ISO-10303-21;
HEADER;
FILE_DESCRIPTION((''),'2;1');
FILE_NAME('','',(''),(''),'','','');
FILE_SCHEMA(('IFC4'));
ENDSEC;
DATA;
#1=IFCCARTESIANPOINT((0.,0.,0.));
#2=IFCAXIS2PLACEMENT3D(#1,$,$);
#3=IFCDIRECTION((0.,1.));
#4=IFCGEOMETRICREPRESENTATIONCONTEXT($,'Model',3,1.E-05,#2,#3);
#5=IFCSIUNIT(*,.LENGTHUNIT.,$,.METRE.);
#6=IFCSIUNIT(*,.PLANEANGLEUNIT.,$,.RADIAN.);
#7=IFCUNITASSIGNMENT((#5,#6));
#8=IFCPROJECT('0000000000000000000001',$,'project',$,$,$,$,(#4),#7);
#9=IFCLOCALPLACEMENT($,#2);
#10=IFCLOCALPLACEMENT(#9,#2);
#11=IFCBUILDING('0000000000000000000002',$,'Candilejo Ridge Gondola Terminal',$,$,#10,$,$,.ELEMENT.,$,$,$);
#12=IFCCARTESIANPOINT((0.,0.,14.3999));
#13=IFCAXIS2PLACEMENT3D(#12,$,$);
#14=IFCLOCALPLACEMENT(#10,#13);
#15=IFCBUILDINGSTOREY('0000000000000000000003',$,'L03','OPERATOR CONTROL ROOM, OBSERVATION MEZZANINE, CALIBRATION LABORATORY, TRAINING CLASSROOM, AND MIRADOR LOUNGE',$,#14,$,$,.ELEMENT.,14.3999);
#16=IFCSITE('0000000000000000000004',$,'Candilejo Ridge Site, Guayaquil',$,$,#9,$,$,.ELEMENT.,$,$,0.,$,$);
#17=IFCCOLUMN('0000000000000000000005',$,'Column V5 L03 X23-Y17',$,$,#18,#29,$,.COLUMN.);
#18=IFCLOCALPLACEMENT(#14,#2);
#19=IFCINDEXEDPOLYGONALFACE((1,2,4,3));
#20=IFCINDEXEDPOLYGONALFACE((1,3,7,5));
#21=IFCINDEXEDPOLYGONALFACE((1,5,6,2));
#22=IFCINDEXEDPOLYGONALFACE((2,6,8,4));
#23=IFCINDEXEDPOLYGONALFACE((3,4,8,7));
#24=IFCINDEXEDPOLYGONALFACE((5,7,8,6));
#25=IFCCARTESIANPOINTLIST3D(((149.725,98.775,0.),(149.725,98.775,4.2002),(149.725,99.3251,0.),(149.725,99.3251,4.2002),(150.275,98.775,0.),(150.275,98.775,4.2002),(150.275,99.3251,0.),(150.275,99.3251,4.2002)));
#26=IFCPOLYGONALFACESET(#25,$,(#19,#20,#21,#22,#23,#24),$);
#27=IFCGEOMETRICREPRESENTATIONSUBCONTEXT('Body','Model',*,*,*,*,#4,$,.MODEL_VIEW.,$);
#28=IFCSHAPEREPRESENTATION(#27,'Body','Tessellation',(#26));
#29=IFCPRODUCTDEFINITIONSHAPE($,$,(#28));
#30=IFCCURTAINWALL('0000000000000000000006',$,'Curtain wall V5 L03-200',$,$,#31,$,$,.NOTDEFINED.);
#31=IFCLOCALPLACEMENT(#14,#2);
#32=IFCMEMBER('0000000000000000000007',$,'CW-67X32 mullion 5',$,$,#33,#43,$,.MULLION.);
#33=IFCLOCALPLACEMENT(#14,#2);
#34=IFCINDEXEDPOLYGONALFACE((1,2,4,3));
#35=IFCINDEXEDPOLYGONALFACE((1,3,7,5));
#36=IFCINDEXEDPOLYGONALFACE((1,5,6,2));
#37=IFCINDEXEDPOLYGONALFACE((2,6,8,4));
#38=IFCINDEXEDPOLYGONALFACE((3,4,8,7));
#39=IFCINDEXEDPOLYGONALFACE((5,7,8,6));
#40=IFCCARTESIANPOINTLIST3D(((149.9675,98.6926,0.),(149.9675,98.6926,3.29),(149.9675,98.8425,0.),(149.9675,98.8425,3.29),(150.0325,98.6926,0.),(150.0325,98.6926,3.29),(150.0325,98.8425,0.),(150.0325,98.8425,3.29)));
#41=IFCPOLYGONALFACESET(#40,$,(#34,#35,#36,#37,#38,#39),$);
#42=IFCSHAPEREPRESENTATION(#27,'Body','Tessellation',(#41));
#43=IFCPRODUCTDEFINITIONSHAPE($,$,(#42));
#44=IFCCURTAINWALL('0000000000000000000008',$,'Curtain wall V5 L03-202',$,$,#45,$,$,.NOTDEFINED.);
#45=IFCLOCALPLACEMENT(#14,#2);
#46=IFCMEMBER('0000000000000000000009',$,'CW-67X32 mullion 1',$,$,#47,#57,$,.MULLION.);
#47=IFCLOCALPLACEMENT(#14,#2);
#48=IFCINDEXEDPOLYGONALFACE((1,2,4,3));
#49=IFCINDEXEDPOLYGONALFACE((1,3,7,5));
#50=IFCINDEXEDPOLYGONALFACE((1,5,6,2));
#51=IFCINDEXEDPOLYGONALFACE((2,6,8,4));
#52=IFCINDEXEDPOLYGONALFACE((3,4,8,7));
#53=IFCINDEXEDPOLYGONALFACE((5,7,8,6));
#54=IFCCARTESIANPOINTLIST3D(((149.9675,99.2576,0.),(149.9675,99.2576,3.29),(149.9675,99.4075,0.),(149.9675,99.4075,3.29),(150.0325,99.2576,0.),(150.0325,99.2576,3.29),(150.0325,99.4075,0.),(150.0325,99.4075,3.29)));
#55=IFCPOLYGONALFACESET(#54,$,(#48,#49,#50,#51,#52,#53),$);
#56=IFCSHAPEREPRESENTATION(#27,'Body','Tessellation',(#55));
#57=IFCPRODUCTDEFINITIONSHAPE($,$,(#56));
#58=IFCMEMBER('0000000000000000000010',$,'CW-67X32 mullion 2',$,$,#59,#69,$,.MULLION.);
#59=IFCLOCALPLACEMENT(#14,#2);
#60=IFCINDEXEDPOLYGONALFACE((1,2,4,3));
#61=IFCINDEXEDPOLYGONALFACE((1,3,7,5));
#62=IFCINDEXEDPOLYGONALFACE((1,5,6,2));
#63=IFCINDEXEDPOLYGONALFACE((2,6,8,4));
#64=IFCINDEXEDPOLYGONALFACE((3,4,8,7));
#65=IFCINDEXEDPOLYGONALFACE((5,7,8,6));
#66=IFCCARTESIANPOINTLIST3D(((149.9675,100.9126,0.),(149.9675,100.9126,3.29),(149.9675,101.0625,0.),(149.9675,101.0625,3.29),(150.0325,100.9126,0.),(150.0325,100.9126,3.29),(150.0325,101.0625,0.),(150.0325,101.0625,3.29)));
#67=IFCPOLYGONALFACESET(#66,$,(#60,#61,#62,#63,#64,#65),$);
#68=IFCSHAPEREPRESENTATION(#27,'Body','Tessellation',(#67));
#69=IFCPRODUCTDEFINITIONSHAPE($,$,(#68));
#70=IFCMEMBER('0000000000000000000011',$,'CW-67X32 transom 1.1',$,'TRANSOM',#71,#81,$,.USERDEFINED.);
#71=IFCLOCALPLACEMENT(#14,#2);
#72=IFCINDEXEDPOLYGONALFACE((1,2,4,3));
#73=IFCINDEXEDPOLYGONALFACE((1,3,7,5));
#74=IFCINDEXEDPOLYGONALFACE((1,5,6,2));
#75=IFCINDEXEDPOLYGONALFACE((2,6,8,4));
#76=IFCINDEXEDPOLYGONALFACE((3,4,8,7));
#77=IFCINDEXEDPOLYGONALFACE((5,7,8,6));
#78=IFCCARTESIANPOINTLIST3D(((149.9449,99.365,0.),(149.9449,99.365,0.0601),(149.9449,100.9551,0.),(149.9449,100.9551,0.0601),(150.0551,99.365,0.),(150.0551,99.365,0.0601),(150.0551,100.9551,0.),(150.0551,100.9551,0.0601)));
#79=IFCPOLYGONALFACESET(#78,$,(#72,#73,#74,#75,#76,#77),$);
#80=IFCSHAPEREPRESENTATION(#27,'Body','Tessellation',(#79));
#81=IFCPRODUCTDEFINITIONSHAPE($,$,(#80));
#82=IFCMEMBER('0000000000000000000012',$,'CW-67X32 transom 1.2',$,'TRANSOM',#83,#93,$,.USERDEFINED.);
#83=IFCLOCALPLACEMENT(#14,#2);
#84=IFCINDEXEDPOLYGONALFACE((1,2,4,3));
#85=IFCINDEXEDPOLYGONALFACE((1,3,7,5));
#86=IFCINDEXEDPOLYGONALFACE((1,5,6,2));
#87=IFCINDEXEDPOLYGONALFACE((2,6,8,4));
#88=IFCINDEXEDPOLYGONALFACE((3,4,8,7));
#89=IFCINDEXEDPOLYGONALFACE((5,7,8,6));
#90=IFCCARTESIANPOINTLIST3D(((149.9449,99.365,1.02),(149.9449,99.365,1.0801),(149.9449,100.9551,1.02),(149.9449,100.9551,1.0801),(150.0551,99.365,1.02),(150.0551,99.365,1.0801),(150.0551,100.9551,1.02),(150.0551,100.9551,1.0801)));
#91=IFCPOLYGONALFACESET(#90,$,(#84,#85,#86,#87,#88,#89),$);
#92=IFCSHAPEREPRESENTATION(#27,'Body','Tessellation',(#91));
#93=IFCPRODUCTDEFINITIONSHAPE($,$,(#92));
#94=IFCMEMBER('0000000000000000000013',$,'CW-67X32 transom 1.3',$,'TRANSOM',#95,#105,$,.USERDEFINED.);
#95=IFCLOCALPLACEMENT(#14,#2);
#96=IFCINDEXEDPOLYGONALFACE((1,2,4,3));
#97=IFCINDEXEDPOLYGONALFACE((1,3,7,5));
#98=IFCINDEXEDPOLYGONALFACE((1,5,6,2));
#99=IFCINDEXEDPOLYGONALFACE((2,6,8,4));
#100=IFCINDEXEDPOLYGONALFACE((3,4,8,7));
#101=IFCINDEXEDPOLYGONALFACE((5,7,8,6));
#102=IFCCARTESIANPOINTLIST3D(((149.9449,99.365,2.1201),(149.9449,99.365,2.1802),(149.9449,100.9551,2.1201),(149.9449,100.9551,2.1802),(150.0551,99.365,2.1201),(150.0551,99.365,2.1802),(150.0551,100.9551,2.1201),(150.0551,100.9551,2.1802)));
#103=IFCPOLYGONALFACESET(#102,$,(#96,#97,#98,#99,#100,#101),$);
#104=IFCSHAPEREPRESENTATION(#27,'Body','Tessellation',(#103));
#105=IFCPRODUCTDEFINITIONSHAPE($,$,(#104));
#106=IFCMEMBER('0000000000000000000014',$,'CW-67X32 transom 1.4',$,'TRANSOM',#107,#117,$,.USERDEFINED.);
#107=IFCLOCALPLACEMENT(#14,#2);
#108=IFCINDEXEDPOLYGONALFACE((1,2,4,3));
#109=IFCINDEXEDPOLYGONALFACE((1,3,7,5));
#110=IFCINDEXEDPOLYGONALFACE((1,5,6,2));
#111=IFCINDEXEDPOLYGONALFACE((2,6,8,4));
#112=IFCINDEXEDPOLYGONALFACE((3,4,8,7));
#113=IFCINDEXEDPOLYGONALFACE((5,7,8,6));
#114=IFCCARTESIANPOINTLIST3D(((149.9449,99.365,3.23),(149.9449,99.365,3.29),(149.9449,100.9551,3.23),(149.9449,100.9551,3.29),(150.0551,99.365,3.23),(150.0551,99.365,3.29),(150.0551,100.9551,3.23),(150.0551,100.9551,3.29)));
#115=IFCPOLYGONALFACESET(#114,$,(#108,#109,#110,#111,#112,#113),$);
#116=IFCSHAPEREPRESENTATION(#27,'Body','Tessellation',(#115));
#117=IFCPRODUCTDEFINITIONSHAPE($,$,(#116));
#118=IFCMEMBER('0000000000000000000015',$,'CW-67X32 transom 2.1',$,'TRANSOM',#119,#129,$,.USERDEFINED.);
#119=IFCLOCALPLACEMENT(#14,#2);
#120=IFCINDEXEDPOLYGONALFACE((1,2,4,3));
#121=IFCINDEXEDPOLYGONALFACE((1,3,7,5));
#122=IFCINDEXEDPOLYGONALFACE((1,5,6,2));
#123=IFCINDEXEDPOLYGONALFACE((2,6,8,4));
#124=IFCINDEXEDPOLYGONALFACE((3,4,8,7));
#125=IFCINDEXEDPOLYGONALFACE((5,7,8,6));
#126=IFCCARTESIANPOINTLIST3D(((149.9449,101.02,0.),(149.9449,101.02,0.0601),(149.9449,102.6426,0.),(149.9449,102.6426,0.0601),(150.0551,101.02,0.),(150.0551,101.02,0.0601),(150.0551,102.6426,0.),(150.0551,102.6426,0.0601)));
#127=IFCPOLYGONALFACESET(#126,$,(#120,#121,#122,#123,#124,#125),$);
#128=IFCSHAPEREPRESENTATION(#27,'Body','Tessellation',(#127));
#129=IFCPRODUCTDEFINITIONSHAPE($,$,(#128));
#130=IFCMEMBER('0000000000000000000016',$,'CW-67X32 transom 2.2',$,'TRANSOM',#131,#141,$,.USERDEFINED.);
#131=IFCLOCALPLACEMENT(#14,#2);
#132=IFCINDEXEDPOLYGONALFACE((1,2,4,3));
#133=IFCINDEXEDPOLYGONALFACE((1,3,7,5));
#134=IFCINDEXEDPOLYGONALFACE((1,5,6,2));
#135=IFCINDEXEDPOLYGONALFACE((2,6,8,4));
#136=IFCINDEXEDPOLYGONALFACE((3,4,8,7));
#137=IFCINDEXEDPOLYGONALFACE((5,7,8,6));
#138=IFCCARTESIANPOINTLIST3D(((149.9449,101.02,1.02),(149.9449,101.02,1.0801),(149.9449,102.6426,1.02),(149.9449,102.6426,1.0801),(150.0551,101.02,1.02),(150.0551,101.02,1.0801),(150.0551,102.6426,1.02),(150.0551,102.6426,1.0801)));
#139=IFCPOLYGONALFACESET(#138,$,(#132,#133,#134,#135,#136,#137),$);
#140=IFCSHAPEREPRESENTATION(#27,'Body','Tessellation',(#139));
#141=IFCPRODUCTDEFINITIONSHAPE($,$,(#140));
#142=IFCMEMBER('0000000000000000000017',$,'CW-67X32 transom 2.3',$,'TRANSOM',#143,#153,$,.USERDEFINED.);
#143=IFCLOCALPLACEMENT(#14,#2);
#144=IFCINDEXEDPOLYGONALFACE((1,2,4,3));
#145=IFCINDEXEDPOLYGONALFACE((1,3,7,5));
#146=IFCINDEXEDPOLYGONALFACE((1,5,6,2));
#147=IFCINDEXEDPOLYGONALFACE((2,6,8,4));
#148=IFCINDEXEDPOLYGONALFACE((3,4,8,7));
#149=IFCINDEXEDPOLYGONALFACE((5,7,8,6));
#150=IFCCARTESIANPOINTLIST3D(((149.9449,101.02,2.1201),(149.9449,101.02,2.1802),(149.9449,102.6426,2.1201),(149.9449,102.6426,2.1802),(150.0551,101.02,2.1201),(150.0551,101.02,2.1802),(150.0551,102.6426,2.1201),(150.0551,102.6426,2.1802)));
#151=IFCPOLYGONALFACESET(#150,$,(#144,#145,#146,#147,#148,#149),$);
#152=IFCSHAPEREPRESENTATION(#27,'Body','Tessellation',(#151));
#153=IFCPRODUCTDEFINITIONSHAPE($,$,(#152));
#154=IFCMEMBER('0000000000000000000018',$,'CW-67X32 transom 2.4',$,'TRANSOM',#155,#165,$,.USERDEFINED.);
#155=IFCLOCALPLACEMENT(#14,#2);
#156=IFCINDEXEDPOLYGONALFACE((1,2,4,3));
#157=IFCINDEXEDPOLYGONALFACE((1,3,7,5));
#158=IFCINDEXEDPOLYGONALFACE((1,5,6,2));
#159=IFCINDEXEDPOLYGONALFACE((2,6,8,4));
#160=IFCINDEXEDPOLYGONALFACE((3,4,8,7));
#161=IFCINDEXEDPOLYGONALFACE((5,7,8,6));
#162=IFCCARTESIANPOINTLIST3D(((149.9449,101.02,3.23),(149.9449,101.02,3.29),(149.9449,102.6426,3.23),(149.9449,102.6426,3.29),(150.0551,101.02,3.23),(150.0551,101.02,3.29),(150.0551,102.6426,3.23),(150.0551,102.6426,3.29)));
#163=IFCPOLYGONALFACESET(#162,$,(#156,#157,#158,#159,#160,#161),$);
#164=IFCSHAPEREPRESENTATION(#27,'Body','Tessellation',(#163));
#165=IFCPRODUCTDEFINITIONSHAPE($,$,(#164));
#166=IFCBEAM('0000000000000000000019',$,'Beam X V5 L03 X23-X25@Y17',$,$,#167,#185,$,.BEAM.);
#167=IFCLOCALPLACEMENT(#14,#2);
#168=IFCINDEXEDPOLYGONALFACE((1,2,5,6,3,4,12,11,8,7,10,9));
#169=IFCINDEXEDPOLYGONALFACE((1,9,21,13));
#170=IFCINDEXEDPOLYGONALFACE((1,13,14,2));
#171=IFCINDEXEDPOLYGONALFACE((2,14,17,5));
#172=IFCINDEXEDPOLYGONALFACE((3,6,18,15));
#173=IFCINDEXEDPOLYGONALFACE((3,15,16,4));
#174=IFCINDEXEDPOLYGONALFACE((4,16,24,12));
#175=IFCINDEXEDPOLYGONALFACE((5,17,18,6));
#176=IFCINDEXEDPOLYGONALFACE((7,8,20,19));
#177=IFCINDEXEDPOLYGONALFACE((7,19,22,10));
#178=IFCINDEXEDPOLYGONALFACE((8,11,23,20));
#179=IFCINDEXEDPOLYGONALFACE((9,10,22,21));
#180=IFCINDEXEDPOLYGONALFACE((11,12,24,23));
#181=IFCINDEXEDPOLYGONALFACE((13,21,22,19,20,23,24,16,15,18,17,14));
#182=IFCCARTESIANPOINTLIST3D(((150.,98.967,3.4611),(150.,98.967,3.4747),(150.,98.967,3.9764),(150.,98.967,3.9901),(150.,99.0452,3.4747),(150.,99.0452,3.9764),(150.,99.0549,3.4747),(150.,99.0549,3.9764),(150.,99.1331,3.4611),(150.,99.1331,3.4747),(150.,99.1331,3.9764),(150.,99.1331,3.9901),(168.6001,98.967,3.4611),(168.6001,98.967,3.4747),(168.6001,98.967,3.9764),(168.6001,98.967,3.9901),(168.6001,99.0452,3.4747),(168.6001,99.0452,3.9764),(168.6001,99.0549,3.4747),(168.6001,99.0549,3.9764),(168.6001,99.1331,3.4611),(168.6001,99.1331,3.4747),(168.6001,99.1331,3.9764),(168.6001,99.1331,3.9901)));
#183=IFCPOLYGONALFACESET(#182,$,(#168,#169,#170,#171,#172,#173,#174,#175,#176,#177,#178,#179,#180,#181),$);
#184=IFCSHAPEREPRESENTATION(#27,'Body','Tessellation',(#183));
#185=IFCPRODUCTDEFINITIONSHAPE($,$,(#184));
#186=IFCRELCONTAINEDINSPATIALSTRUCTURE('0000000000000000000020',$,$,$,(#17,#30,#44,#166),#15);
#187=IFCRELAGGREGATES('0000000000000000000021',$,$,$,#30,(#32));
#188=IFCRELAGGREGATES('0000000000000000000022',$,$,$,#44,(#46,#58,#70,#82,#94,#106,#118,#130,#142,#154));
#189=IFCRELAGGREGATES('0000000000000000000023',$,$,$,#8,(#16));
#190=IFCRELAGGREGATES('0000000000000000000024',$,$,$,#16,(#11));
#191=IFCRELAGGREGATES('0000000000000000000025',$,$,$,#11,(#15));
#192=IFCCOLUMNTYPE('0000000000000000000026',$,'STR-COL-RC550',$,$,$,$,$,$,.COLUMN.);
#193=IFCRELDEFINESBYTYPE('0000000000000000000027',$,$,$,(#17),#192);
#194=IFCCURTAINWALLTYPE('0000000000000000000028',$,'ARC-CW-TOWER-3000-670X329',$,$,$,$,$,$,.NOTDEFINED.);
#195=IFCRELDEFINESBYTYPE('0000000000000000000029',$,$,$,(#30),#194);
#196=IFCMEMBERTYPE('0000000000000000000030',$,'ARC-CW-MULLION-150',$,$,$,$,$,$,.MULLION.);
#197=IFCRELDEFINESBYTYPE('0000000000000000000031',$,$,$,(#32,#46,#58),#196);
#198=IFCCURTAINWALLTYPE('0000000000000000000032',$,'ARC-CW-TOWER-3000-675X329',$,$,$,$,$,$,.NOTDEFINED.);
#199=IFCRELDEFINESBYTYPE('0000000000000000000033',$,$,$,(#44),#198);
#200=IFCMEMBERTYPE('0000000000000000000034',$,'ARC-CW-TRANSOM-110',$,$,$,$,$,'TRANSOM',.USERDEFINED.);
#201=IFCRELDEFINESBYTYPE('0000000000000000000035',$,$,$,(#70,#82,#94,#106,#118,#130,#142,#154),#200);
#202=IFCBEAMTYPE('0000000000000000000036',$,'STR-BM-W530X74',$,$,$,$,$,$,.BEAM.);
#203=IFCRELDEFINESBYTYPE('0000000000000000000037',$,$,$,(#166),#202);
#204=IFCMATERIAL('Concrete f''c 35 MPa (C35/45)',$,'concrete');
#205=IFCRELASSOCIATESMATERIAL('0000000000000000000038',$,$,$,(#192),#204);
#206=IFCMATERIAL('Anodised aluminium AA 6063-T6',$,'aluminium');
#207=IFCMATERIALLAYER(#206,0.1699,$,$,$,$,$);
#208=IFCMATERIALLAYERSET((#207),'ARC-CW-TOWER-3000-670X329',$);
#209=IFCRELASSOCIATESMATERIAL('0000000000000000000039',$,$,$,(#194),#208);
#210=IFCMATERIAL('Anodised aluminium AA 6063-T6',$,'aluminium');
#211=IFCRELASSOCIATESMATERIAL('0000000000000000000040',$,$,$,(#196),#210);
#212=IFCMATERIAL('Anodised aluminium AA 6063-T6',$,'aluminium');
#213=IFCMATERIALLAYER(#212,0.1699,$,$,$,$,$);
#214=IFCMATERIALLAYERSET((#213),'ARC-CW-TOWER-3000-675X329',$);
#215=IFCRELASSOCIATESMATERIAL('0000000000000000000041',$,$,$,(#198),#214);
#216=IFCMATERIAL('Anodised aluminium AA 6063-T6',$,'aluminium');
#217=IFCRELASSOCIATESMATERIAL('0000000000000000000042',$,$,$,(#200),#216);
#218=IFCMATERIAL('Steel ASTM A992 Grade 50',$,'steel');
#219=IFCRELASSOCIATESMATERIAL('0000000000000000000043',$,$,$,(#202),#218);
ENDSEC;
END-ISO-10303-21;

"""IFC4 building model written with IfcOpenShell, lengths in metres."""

from ifc_helpers import new_model, si_unit, direction, frame, origin, origin_2d, place, context, subcontext, project, spatial, rectangle, i_section, extrude, material, layer, layer_set, material_profile, profile_set, type_object, element, aggregate, save


model = new_model("IFC4")

# Units and contexts
model_context = context("Model", 3, precision=1e-05, world=origin(), true_north=direction((0.0, 1.0)))
body_context = subcontext(model_context, "Body", "Model", "MODEL_VIEW")
ifc_project = project(units=[si_unit("LENGTHUNIT", "METRE"), si_unit("PLANEANGLEUNIT", "RADIAN")], contexts=[model_context])

# Site, building, storey
site_placement = place(None, origin())
site = spatial("IfcSite", under=ifc_project, at=site_placement, Name="Candilejo Ridge Site, Guayaquil", CompositionType="ELEMENT", RefElevation=0.0)
building_placement = place(site_placement, origin())
building = spatial("IfcBuilding", under=site, at=building_placement, Name="Candilejo Ridge Gondola Terminal", CompositionType="ELEMENT")
storey_placement = place(building_placement, frame((0.0, 0.0, 14.3999)))
storey = spatial("IfcBuildingStorey", under=building, at=storey_placement, Name="L03", Description="OPERATOR CONTROL ROOM, OBSERVATION MEZZANINE, CALIBRATION LABORATORY, TRAINING CLASSROOM, AND MIRADOR LOUNGE", CompositionType="ELEMENT", Elevation=14.3999)

# Column
ifc_material_1 = material(Name="Concrete f'c 35 MPa (C35/45)", Category="concrete")
ifc_material_profile_1 = material_profile(ifc_material_1, rectangle(XDim=0.55, YDim=0.55, at=origin_2d()))
ifc_profile_set_1 = profile_set([ifc_material_profile_1], Name="Concrete f'c 35 MPa (C35/45)")
column_type = type_object("IfcColumnType", Name="STR-COL-RC550", PredefinedType="COLUMN", material=ifc_profile_set_1)
column_placement = place(storey_placement, frame((150.0, 99.05, 0.0), z_axis=(0.0, 0.0, 1.0), x_axis=(1.0, 0.0, 0.0)))
element("IfcColumn", 1, at=column_placement, inside=storey, type_object=column_type, Name="Column V5 L03 X23-Y17", PredefinedType="COLUMN", context=body_context, shape_type="SweptSolid", body=[
    extrude(rectangle(XDim=0.55, YDim=0.55, at=origin_2d()), origin(), (0.0, 0.0, 1.0), 4.2002),
])

# Curtain wall, member
ifc_material_2 = material(Name="Anodised aluminium AA 6063-T6", Category="aluminium")
ifc_layer_1 = layer(ifc_material_2, 0.1699)
ifc_layer_set_1 = layer_set([ifc_layer_1], Name="ARC-CW-TOWER-3000-670X329")
curtain_wall_type_1 = type_object("IfcCurtainWallType", Name="ARC-CW-TOWER-3000-670X329", PredefinedType="NOTDEFINED", material=ifc_layer_set_1)
curtain_wall_1_placement = place(storey_placement, origin())
curtain_wall_1 = element("IfcCurtainWall", 2, at=curtain_wall_1_placement, inside=storey, type_object=curtain_wall_type_1, Name="Curtain wall V5 L03-200", PredefinedType="NOTDEFINED")
ifc_material_3 = material(Name="Anodised aluminium AA 6063-T6", Category="aluminium")
ifc_material_profile_2 = material_profile(ifc_material_3, rectangle(XDim=0.0649, YDim=0.1499, at=origin_2d()))
ifc_profile_set_2 = profile_set([ifc_material_profile_2], Name="Anodised aluminium AA 6063-T6")
member_type_1 = type_object("IfcMemberType", Name="ARC-CW-MULLION-150", PredefinedType="MULLION", material=ifc_profile_set_2)
member_1_placement = place(storey_placement, frame((150.0, 98.7676, 0.0), z_axis=(0.0, 0.0, 1.0), x_axis=(-1.0, 0.0, 0.0)))
member_1 = element("IfcMember", 3, at=member_1_placement, type_object=member_type_1, Name="CW-67X32 mullion 5", PredefinedType="MULLION", context=body_context, shape_type="SweptSolid", body=[
    extrude(rectangle(XDim=0.0649, YDim=0.1499, at=origin_2d()), origin(), (0.0, 0.0, 1.0), 3.29),
])

# Curtain wall, members
ifc_material_4 = material(Name="Anodised aluminium AA 6063-T6", Category="aluminium")
ifc_layer_2 = layer(ifc_material_4, 0.1699)
ifc_layer_set_2 = layer_set([ifc_layer_2], Name="ARC-CW-TOWER-3000-675X329")
curtain_wall_type_2 = type_object("IfcCurtainWallType", Name="ARC-CW-TOWER-3000-675X329", PredefinedType="NOTDEFINED", material=ifc_layer_set_2)
curtain_wall_2_placement = place(storey_placement, origin())
curtain_wall_2 = element("IfcCurtainWall", 4, at=curtain_wall_2_placement, inside=storey, type_object=curtain_wall_type_2, Name="Curtain wall V5 L03-202", PredefinedType="NOTDEFINED")
member_2_placement = place(storey_placement, frame((150.0, 99.3325, 0.0), z_axis=(0.0, 0.0, 1.0), x_axis=(-1.0, 0.0, 0.0)))
member_2 = element("IfcMember", 5, at=member_2_placement, type_object=member_type_1, Name="CW-67X32 mullion 1", PredefinedType="MULLION", context=body_context, shape_type="SweptSolid", body=[
    extrude(rectangle(XDim=0.0649, YDim=0.1499, at=origin_2d()), origin(), (0.0, 0.0, 1.0), 3.29),
])
member_3_placement = place(storey_placement, frame((150.0, 100.9875, 0.0), z_axis=(0.0, 0.0, 1.0), x_axis=(-1.0, 0.0, 0.0)))
member_3 = element("IfcMember", 6, at=member_3_placement, type_object=member_type_1, Name="CW-67X32 mullion 2", PredefinedType="MULLION", context=body_context, shape_type="SweptSolid", body=[
    extrude(rectangle(XDim=0.0649, YDim=0.1499, at=origin_2d()), origin(), (0.0, 0.0, 1.0), 3.29),
])
ifc_material_5 = material(Name="Anodised aluminium AA 6063-T6", Category="aluminium")
ifc_material_profile_3 = material_profile(ifc_material_5, rectangle(XDim=0.1101, YDim=0.0601, at=origin_2d()))
ifc_profile_set_3 = profile_set([ifc_material_profile_3], Name="Anodised aluminium AA 6063-T6")
member_type_2 = type_object("IfcMemberType", Name="ARC-CW-TRANSOM-110", ElementType="TRANSOM", PredefinedType="USERDEFINED", material=ifc_profile_set_3)
member_4_placement = place(storey_placement, frame((150.0, 99.365, 0.03), z_axis=(0.0, 1.0, 0.0), x_axis=(-1.0, 0.0, 0.0)))
member_4 = element("IfcMember", 7, at=member_4_placement, type_object=member_type_2, Name="CW-67X32 transom 1.1", ObjectType="TRANSOM", PredefinedType="USERDEFINED", context=body_context, shape_type="SweptSolid", body=[
    extrude(rectangle(XDim=0.1101, YDim=0.0601, at=origin_2d()), origin(), (0.0, 0.0, 1.0), 1.5901),
])
member_5_placement = place(storey_placement, frame((150.0, 99.365, 1.05), z_axis=(0.0, 1.0, 0.0), x_axis=(-1.0, 0.0, 0.0)))
member_5 = element("IfcMember", 8, at=member_5_placement, type_object=member_type_2, Name="CW-67X32 transom 1.2", ObjectType="TRANSOM", PredefinedType="USERDEFINED", context=body_context, shape_type="SweptSolid", body=[
    extrude(rectangle(XDim=0.1101, YDim=0.0601, at=origin_2d()), origin(), (0.0, 0.0, 1.0), 1.5901),
])
member_6_placement = place(storey_placement, frame((150.0, 99.365, 2.1501), z_axis=(0.0, 1.0, 0.0), x_axis=(-1.0, 0.0, 0.0)))
member_6 = element("IfcMember", 9, at=member_6_placement, type_object=member_type_2, Name="CW-67X32 transom 1.3", ObjectType="TRANSOM", PredefinedType="USERDEFINED", context=body_context, shape_type="SweptSolid", body=[
    extrude(rectangle(XDim=0.1101, YDim=0.0601, at=origin_2d()), origin(), (0.0, 0.0, 1.0), 1.5901),
])
member_7_placement = place(storey_placement, frame((150.0, 99.365, 3.26), z_axis=(0.0, 1.0, 0.0), x_axis=(-1.0, 0.0, 0.0)))
member_7 = element("IfcMember", 10, at=member_7_placement, type_object=member_type_2, Name="CW-67X32 transom 1.4", ObjectType="TRANSOM", PredefinedType="USERDEFINED", context=body_context, shape_type="SweptSolid", body=[
    extrude(rectangle(XDim=0.1101, YDim=0.0601, at=origin_2d()), origin(), (0.0, 0.0, 1.0), 1.5901),
])
member_8_placement = place(storey_placement, frame((150.0, 101.02, 0.03), z_axis=(0.0, 1.0, 0.0), x_axis=(-1.0, 0.0, 0.0)))
member_8 = element("IfcMember", 11, at=member_8_placement, type_object=member_type_2, Name="CW-67X32 transom 2.1", ObjectType="TRANSOM", PredefinedType="USERDEFINED", context=body_context, shape_type="SweptSolid", body=[
    extrude(rectangle(XDim=0.1101, YDim=0.0601, at=origin_2d()), origin(), (0.0, 0.0, 1.0), 1.6226),
])
member_9_placement = place(storey_placement, frame((150.0, 101.02, 1.05), z_axis=(0.0, 1.0, 0.0), x_axis=(-1.0, 0.0, 0.0)))
member_9 = element("IfcMember", 12, at=member_9_placement, type_object=member_type_2, Name="CW-67X32 transom 2.2", ObjectType="TRANSOM", PredefinedType="USERDEFINED", context=body_context, shape_type="SweptSolid", body=[
    extrude(rectangle(XDim=0.1101, YDim=0.0601, at=origin_2d()), origin(), (0.0, 0.0, 1.0), 1.6226),
])
member_10_placement = place(storey_placement, frame((150.0, 101.02, 2.1501), z_axis=(0.0, 1.0, 0.0), x_axis=(-1.0, 0.0, 0.0)))
member_10 = element("IfcMember", 13, at=member_10_placement, type_object=member_type_2, Name="CW-67X32 transom 2.3", ObjectType="TRANSOM", PredefinedType="USERDEFINED", context=body_context, shape_type="SweptSolid", body=[
    extrude(rectangle(XDim=0.1101, YDim=0.0601, at=origin_2d()), origin(), (0.0, 0.0, 1.0), 1.6226),
])
member_11_placement = place(storey_placement, frame((150.0, 101.02, 3.26), z_axis=(0.0, 1.0, 0.0), x_axis=(-1.0, 0.0, 0.0)))
member_11 = element("IfcMember", 14, at=member_11_placement, type_object=member_type_2, Name="CW-67X32 transom 2.4", ObjectType="TRANSOM", PredefinedType="USERDEFINED", context=body_context, shape_type="SweptSolid", body=[
    extrude(rectangle(XDim=0.1101, YDim=0.0601, at=origin_2d()), origin(), (0.0, 0.0, 1.0), 1.6226),
])

# Beam
ifc_material_6 = material(Name="Steel ASTM A992 Grade 50", Category="steel")
ifc_material_profile_4 = material_profile(ifc_material_6, i_section(OverallWidth=0.166, OverallDepth=0.5291, WebThickness=0.0098, FlangeThickness=0.0137, at=origin_2d()))
ifc_profile_set_4 = profile_set([ifc_material_profile_4], Name="Steel ASTM A992 Grade 50")
beam_type_1 = type_object("IfcBeamType", Name="STR-BM-W530X74", PredefinedType="BEAM", material=ifc_profile_set_4)
beam_1_placement = place(storey_placement, frame((150.0, 99.05, 3.7256), z_axis=(1.0, 0.0, 0.0), x_axis=(0.0, 1.0, 0.0)))
element("IfcBeam", 15, at=beam_1_placement, inside=storey, type_object=beam_type_1, Name="Beam X V5 L03 X23-X25@Y17", PredefinedType="BEAM", context=body_context, shape_type="SweptSolid", body=[
    extrude(i_section(OverallWidth=0.166, OverallDepth=0.5291, WebThickness=0.0098, FlangeThickness=0.0137, at=origin_2d()), origin(), (0.0, 0.0, 1.0), 18.6001),
])

aggregate(curtain_wall_1, [member_1])
aggregate(curtain_wall_2, [member_2, member_3, member_4, member_5, member_6, member_7, member_8, member_9, member_10, member_11])

save(model, "model.ifc")
